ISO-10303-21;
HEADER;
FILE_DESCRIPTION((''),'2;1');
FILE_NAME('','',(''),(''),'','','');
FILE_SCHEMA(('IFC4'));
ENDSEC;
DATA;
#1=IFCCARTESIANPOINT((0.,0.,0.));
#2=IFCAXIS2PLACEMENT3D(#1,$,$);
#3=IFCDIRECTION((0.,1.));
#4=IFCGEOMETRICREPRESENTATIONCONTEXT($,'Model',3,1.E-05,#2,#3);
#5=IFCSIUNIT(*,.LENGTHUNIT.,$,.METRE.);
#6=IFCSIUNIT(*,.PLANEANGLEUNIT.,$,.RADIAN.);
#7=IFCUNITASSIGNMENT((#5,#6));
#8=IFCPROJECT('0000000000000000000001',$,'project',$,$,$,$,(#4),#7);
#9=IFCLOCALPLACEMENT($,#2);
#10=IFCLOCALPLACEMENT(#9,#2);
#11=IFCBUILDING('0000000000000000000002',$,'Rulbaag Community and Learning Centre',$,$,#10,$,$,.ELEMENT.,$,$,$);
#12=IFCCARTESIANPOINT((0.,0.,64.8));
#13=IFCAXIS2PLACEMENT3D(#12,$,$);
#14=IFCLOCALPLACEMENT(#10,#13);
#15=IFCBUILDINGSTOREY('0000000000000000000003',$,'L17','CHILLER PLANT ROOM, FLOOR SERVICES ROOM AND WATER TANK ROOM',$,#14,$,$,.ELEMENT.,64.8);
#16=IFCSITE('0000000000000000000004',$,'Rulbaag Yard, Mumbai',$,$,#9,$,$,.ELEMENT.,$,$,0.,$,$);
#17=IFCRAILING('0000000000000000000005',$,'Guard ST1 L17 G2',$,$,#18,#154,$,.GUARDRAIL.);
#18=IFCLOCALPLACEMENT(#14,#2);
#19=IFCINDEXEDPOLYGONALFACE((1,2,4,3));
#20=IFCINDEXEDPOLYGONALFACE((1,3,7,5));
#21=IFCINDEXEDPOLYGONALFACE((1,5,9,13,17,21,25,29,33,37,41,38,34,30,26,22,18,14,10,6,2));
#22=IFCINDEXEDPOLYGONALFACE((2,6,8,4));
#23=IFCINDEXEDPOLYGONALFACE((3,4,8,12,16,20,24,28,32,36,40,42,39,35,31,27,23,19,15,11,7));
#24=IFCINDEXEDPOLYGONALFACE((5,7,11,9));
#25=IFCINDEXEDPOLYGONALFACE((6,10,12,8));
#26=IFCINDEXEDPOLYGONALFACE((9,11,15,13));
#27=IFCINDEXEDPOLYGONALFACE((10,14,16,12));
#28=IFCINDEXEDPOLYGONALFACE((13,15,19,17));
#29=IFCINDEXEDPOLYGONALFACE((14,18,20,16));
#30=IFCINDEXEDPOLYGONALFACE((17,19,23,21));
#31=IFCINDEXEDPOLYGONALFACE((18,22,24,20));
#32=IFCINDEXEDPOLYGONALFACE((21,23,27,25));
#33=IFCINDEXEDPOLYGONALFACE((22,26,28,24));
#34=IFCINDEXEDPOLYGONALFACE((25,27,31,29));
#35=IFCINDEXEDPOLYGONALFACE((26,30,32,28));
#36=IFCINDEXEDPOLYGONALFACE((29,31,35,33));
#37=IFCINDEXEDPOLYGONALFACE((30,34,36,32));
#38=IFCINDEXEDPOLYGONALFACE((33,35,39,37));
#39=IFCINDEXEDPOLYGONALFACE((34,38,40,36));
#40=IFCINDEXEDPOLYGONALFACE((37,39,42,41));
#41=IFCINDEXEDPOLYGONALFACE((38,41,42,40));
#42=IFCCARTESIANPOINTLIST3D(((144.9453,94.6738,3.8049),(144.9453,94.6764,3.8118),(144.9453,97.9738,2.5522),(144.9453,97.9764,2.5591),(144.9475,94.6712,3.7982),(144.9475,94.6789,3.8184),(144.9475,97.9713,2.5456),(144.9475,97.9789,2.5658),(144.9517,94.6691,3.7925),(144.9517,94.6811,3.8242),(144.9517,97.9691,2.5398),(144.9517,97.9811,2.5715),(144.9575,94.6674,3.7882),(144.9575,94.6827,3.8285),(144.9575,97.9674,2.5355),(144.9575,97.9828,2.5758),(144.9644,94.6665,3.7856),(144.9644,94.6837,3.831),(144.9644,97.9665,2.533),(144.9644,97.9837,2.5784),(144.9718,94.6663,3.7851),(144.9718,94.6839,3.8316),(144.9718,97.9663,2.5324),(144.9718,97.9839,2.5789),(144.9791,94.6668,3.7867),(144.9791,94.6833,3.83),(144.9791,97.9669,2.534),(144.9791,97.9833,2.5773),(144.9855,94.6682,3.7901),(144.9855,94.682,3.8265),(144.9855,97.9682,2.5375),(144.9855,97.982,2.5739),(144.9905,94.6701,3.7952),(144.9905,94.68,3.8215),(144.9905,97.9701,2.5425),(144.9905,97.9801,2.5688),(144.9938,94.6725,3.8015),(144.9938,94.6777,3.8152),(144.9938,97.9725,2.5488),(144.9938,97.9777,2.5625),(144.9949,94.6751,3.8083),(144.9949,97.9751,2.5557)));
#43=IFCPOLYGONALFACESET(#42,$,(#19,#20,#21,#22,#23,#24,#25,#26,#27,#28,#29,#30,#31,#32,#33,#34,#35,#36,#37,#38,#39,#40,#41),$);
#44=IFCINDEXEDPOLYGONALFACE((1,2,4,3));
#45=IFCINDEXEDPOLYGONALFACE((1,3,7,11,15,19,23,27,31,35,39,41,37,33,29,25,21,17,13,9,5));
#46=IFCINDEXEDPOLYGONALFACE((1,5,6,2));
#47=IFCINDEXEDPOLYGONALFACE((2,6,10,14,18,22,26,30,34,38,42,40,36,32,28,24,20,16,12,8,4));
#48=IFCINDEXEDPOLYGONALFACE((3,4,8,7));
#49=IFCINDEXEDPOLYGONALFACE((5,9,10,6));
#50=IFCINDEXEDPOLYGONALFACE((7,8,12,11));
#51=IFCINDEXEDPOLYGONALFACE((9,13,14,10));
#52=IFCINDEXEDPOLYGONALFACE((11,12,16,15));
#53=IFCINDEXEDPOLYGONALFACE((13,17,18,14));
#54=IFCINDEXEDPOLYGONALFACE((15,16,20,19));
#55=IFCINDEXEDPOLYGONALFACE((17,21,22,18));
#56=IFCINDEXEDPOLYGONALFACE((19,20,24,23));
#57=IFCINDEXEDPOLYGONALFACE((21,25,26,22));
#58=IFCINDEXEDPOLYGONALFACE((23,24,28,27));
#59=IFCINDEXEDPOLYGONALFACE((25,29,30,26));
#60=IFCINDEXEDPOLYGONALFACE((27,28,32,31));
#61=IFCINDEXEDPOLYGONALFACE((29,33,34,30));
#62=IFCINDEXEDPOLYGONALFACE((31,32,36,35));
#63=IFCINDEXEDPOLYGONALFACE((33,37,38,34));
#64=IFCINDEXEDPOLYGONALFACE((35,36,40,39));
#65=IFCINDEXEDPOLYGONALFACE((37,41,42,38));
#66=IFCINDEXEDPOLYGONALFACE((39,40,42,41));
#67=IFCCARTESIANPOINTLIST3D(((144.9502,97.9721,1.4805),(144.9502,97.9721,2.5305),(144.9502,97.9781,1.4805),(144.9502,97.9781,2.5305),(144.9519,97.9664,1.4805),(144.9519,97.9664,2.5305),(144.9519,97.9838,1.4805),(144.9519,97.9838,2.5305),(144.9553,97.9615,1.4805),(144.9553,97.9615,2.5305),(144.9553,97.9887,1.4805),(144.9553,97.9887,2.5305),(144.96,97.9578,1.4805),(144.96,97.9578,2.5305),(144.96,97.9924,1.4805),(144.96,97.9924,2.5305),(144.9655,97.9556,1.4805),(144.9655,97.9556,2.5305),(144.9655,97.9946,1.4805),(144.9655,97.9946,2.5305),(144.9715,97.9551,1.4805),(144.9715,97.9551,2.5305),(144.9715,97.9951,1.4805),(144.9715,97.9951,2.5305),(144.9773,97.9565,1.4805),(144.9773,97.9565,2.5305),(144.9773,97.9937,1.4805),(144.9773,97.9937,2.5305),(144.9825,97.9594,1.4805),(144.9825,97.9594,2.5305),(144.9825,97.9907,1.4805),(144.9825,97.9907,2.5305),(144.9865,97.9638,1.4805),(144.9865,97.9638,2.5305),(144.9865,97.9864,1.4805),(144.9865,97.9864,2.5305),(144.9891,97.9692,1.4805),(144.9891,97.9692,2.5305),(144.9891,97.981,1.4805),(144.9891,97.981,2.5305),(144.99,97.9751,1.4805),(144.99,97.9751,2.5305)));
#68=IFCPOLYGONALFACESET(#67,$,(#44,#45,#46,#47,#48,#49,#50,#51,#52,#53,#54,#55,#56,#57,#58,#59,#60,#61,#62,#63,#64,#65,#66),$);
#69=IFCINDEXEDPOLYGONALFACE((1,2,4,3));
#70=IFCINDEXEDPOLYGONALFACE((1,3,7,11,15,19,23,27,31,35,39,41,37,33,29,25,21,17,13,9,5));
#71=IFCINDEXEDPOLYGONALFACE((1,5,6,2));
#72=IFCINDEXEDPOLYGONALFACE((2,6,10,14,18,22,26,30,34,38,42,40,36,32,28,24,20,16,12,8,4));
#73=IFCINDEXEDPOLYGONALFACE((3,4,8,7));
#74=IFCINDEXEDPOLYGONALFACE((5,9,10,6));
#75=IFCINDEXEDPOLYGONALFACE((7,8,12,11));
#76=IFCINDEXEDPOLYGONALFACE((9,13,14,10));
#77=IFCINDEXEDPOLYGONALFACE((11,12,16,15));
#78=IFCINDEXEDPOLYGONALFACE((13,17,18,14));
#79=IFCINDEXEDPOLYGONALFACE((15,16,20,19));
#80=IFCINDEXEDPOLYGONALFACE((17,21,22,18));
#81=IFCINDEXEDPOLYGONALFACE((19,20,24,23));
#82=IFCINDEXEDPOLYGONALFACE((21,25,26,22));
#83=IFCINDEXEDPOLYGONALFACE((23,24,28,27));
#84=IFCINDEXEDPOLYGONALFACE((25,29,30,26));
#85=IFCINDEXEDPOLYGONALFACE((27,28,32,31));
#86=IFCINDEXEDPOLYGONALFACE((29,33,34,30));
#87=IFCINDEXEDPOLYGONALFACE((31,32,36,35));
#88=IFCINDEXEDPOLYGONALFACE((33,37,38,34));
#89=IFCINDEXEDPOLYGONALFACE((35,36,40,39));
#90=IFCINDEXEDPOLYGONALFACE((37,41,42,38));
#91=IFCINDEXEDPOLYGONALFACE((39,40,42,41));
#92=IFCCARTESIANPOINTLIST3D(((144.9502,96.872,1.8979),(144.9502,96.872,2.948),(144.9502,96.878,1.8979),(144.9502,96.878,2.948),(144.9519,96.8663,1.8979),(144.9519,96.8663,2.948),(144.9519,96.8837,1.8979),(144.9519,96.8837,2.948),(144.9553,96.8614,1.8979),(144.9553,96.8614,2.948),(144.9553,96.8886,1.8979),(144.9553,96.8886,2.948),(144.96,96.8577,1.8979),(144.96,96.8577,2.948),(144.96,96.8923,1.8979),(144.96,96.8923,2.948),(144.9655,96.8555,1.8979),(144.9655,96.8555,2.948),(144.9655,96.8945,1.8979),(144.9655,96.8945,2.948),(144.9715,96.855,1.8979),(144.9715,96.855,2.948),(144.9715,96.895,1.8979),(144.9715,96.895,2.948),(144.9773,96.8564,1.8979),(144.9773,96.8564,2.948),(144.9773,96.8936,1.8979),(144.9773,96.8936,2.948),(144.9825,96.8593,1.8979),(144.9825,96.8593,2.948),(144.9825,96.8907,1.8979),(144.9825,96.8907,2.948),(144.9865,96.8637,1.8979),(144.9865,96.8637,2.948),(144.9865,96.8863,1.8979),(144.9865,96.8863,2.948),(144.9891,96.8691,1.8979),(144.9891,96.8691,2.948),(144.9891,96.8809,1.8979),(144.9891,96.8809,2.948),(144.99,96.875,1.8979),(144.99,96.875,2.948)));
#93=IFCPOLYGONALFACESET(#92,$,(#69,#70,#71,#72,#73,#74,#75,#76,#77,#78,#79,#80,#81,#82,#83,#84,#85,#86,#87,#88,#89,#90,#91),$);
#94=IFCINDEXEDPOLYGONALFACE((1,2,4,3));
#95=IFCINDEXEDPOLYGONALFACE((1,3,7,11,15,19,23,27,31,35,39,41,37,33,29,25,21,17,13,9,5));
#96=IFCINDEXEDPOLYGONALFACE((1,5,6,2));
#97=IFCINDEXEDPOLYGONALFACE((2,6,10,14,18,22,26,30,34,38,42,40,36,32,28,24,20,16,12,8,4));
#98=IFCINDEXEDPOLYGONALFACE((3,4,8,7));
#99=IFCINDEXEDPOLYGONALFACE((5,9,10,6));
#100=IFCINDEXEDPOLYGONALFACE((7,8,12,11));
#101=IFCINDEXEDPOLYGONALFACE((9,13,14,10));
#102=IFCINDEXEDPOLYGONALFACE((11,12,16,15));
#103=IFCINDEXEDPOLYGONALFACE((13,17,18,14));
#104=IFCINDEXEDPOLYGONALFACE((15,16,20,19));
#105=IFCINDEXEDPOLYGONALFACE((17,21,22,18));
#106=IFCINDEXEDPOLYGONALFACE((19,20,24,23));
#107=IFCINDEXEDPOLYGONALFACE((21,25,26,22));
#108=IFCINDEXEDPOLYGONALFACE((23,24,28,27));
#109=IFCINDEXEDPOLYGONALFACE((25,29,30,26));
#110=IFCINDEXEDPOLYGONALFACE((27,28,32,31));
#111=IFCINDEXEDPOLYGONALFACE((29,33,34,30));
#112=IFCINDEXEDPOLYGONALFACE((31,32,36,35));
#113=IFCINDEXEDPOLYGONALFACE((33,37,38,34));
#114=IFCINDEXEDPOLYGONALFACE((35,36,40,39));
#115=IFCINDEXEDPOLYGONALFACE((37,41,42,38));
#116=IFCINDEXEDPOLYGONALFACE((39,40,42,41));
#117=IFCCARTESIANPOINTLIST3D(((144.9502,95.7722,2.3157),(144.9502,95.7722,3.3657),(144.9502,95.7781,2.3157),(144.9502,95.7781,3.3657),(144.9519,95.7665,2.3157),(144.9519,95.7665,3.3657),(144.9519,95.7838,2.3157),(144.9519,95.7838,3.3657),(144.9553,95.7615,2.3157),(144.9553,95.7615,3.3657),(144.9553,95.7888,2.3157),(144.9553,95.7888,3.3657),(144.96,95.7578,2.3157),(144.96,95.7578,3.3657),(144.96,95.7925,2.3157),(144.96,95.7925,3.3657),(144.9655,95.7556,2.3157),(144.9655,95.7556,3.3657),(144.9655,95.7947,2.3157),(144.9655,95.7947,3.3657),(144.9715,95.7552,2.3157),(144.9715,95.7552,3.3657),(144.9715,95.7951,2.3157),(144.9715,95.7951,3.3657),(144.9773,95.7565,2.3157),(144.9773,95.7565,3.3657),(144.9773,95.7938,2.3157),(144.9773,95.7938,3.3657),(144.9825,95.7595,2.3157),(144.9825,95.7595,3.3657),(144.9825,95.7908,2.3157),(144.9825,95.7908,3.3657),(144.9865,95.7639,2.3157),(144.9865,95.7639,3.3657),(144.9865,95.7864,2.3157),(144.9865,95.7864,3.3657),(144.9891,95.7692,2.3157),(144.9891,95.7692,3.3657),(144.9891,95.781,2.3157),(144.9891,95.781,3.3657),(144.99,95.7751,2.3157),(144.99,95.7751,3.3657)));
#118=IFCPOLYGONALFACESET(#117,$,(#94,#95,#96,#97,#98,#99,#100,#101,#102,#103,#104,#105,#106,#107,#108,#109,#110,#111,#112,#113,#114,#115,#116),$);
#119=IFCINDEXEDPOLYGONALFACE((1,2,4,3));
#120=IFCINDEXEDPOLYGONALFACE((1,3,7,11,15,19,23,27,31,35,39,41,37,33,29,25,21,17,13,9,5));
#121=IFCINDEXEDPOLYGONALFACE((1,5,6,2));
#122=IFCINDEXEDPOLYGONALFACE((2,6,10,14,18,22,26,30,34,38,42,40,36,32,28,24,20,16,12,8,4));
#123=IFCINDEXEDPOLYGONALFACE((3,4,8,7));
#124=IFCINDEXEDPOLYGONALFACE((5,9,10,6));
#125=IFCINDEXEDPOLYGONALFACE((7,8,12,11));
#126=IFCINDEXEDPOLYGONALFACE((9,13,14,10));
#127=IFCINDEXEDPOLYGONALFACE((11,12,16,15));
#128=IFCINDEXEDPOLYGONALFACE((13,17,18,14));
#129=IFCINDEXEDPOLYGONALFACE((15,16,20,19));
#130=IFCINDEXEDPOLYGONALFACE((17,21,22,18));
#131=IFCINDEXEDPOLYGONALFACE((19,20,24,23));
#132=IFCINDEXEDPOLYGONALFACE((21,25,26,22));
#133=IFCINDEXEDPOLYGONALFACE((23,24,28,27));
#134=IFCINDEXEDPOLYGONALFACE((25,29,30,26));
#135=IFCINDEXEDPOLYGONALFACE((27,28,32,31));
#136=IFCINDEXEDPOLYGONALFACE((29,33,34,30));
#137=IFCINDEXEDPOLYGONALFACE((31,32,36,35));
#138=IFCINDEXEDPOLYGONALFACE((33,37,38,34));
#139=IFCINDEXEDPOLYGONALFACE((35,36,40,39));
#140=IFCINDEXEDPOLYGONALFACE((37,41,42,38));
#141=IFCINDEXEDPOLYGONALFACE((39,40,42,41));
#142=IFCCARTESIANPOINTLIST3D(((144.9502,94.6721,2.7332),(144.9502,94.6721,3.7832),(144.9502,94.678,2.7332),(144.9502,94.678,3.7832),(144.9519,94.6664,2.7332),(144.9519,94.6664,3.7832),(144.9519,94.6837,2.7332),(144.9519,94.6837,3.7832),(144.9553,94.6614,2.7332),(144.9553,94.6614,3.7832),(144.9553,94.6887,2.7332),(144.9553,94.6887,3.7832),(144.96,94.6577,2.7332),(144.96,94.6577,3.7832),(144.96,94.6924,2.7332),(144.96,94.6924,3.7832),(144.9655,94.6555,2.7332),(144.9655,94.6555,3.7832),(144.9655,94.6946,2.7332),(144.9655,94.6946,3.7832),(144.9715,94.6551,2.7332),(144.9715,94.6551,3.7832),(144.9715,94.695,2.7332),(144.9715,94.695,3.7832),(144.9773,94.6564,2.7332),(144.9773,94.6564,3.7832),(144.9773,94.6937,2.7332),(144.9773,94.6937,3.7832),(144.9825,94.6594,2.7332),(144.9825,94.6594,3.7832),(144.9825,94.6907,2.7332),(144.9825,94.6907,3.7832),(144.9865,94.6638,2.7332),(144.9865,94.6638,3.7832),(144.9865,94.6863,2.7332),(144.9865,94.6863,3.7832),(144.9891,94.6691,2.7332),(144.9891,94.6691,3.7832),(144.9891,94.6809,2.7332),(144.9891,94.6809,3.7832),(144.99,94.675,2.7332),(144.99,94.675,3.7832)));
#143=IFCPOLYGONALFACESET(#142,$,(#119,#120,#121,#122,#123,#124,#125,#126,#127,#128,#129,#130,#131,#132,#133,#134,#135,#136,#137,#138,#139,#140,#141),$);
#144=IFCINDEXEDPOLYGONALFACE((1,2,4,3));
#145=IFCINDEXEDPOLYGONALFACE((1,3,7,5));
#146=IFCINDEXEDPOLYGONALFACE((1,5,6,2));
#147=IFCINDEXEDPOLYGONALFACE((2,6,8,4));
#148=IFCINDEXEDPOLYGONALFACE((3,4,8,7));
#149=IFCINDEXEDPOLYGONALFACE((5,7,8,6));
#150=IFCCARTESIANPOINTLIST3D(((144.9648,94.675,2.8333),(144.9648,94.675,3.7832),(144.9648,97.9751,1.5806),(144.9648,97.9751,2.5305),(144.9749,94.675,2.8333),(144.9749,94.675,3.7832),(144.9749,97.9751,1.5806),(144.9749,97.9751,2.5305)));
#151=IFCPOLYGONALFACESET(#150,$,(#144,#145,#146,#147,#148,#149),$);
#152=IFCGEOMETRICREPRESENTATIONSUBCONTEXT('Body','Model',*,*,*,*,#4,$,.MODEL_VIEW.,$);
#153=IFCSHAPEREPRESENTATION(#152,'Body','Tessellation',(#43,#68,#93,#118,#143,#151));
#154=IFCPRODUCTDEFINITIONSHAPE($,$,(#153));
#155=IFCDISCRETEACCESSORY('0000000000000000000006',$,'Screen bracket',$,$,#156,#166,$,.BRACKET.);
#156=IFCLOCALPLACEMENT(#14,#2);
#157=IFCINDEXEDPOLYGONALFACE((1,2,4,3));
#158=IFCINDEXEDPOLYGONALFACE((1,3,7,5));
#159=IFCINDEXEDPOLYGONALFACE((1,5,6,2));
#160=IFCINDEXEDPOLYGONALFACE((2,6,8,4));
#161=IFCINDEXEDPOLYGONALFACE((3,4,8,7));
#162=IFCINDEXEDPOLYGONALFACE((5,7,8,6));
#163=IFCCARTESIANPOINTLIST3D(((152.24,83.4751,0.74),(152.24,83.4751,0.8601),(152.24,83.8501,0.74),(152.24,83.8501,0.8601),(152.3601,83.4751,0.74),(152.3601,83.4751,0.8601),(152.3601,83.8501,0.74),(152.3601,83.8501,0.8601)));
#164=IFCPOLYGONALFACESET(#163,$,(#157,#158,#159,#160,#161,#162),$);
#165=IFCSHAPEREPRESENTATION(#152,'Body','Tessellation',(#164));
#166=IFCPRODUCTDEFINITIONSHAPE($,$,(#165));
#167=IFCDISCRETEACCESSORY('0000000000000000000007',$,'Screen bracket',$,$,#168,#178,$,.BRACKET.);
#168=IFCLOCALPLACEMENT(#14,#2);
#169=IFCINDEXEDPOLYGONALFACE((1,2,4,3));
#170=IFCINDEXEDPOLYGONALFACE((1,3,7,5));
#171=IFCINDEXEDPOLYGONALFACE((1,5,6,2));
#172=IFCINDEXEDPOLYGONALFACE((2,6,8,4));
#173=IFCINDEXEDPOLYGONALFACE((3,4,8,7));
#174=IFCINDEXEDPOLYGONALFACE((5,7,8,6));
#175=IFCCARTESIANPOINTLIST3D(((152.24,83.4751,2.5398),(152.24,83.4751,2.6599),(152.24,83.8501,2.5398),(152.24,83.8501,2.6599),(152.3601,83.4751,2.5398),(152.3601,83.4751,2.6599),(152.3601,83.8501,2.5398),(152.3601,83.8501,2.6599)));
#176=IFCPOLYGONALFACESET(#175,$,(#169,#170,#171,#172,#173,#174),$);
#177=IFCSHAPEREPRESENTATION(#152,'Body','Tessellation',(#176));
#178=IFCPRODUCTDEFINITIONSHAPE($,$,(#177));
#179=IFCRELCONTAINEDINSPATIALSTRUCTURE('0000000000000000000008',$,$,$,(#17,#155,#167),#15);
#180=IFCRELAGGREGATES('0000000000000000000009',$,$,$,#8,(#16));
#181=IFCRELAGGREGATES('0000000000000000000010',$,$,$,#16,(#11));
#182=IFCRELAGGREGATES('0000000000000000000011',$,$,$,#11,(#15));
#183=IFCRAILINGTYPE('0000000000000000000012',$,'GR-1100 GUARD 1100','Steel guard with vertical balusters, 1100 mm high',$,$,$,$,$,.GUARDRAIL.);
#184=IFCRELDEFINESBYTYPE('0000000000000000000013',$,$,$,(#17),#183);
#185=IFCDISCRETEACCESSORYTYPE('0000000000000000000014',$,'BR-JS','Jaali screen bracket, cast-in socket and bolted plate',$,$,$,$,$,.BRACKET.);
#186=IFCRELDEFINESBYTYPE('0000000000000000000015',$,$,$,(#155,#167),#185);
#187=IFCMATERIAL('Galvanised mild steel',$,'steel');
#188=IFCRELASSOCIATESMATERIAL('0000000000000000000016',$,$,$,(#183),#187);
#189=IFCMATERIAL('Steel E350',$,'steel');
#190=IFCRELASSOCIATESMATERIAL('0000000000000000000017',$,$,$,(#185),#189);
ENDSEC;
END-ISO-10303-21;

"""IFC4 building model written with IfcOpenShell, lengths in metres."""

from ifc_helpers import new_model, si_unit, direction, frame, origin, origin_2d, place, context, subcontext, project, spatial, polyline, rectangle, circle, outline, extrude, material, type_object, element, save


model = new_model("IFC4")

# Units and contexts
model_context = context("Model", 3, precision=1e-05, world=origin(), true_north=direction((0.0, 1.0)))
body_context = subcontext(model_context, "Body", "Model", "MODEL_VIEW")
ifc_project = project(units=[si_unit("LENGTHUNIT", "METRE"), si_unit("PLANEANGLEUNIT", "RADIAN")], contexts=[model_context])

# Site, building, storey
site_placement = place(None, origin())
site = spatial("IfcSite", under=ifc_project, at=site_placement, Name="Rulbaag Yard, Mumbai", CompositionType="ELEMENT", RefElevation=0.0)
building_placement = place(site_placement, origin())
building = spatial("IfcBuilding", under=site, at=building_placement, Name="Rulbaag Community and Learning Centre", CompositionType="ELEMENT")
storey_placement = place(building_placement, frame((0.0, 0.0, 64.8)))
storey = spatial("IfcBuildingStorey", under=building, at=storey_placement, Name="L17", Description="CHILLER PLANT ROOM, FLOOR SERVICES ROOM AND WATER TANK ROOM", CompositionType="ELEMENT", Elevation=64.8)

# Railing
ifc_material_1 = material(Name="Galvanised mild steel", Category="steel")
railing_type_1 = type_object("IfcRailingType", Name="GR-1100 GUARD 1100", Description="Steel guard with vertical balusters, 1100 mm high", PredefinedType="GUARDRAIL", material=ifc_material_1)
railing_1_placement = place(storey_placement, frame((144.97, 97.9751, 1.4805)))
element("IfcRailing", 1, at=railing_1_placement, inside=storey, type_object=railing_type_1, Name="Guard ST1 L17 G2", PredefinedType="GUARDRAIL", context=body_context, shape_type="SweptSolid", body=[
    extrude(circle(Radius=0.0249, at=origin_2d()), frame((0.0, 0.0, 1.0752), z_axis=(0.0, -0.934909, 0.354888), x_axis=(1.0, 0.0, 0.0)), (0.0, 0.0, 1.0), 3.5298),
    extrude(circle(Radius=0.02, at=origin_2d()), origin(), (0.0, 0.0, 1.0), 1.05),
    extrude(circle(Radius=0.02, at=origin_2d()), frame((0.0, -1.1001, 0.4175)), (0.0, 0.0, 1.0), 1.05),
    extrude(circle(Radius=0.02, at=origin_2d()), frame((0.0, -2.2, 0.8352)), (0.0, 0.0, 1.0), 1.05),
    extrude(circle(Radius=0.02, at=origin_2d()), frame((0.0, -3.3, 1.2527)), (0.0, 0.0, 1.0), 1.05),
    extrude(outline(polyline([(0.0, 0.0), (3.3, 1.2527), (3.3, 2.2026), (0.0, 0.95), (0.0, 0.0)])), frame((0.0049, 0.0, 0.1001), z_axis=(-1.0, 0.0, 0.0), x_axis=(0.0, -1.0, 0.0)), (0.0, 0.0, 1.0), 0.01),
])

# Discrete accessories
ifc_material_2 = material(Name="Steel E350", Category="steel")
discrete_accessory_type = type_object("IfcDiscreteAccessoryType", Name="BR-JS", Description="Jaali screen bracket, cast-in socket and bolted plate", PredefinedType="BRACKET", material=ifc_material_2)
for number, where, z_axis, x_axis, name in (
    (2, (152.3, 83.6626, 0.74), (0.0, 0.0, 1.0), (1.0, 0.0, 0.0), "Screen bracket"),
    (3, (152.3, 83.6626, 2.5398), (0.0, 0.0, 1.0), (1.0, 0.0, 0.0), "Screen bracket"),
):
    element("IfcDiscreteAccessory", number, at=place(storey_placement, frame(where, z_axis=z_axis, x_axis=x_axis)), inside=storey, type_object=discrete_accessory_type, Name=name, PredefinedType="BRACKET", context=body_context, shape_type="SweptSolid", body=[
        extrude(rectangle(XDim=0.1201, YDim=0.375, at=origin_2d()), origin(), (0.0, 0.0, 1.0), 0.1201),
    ])

save(model, "model.ifc")
